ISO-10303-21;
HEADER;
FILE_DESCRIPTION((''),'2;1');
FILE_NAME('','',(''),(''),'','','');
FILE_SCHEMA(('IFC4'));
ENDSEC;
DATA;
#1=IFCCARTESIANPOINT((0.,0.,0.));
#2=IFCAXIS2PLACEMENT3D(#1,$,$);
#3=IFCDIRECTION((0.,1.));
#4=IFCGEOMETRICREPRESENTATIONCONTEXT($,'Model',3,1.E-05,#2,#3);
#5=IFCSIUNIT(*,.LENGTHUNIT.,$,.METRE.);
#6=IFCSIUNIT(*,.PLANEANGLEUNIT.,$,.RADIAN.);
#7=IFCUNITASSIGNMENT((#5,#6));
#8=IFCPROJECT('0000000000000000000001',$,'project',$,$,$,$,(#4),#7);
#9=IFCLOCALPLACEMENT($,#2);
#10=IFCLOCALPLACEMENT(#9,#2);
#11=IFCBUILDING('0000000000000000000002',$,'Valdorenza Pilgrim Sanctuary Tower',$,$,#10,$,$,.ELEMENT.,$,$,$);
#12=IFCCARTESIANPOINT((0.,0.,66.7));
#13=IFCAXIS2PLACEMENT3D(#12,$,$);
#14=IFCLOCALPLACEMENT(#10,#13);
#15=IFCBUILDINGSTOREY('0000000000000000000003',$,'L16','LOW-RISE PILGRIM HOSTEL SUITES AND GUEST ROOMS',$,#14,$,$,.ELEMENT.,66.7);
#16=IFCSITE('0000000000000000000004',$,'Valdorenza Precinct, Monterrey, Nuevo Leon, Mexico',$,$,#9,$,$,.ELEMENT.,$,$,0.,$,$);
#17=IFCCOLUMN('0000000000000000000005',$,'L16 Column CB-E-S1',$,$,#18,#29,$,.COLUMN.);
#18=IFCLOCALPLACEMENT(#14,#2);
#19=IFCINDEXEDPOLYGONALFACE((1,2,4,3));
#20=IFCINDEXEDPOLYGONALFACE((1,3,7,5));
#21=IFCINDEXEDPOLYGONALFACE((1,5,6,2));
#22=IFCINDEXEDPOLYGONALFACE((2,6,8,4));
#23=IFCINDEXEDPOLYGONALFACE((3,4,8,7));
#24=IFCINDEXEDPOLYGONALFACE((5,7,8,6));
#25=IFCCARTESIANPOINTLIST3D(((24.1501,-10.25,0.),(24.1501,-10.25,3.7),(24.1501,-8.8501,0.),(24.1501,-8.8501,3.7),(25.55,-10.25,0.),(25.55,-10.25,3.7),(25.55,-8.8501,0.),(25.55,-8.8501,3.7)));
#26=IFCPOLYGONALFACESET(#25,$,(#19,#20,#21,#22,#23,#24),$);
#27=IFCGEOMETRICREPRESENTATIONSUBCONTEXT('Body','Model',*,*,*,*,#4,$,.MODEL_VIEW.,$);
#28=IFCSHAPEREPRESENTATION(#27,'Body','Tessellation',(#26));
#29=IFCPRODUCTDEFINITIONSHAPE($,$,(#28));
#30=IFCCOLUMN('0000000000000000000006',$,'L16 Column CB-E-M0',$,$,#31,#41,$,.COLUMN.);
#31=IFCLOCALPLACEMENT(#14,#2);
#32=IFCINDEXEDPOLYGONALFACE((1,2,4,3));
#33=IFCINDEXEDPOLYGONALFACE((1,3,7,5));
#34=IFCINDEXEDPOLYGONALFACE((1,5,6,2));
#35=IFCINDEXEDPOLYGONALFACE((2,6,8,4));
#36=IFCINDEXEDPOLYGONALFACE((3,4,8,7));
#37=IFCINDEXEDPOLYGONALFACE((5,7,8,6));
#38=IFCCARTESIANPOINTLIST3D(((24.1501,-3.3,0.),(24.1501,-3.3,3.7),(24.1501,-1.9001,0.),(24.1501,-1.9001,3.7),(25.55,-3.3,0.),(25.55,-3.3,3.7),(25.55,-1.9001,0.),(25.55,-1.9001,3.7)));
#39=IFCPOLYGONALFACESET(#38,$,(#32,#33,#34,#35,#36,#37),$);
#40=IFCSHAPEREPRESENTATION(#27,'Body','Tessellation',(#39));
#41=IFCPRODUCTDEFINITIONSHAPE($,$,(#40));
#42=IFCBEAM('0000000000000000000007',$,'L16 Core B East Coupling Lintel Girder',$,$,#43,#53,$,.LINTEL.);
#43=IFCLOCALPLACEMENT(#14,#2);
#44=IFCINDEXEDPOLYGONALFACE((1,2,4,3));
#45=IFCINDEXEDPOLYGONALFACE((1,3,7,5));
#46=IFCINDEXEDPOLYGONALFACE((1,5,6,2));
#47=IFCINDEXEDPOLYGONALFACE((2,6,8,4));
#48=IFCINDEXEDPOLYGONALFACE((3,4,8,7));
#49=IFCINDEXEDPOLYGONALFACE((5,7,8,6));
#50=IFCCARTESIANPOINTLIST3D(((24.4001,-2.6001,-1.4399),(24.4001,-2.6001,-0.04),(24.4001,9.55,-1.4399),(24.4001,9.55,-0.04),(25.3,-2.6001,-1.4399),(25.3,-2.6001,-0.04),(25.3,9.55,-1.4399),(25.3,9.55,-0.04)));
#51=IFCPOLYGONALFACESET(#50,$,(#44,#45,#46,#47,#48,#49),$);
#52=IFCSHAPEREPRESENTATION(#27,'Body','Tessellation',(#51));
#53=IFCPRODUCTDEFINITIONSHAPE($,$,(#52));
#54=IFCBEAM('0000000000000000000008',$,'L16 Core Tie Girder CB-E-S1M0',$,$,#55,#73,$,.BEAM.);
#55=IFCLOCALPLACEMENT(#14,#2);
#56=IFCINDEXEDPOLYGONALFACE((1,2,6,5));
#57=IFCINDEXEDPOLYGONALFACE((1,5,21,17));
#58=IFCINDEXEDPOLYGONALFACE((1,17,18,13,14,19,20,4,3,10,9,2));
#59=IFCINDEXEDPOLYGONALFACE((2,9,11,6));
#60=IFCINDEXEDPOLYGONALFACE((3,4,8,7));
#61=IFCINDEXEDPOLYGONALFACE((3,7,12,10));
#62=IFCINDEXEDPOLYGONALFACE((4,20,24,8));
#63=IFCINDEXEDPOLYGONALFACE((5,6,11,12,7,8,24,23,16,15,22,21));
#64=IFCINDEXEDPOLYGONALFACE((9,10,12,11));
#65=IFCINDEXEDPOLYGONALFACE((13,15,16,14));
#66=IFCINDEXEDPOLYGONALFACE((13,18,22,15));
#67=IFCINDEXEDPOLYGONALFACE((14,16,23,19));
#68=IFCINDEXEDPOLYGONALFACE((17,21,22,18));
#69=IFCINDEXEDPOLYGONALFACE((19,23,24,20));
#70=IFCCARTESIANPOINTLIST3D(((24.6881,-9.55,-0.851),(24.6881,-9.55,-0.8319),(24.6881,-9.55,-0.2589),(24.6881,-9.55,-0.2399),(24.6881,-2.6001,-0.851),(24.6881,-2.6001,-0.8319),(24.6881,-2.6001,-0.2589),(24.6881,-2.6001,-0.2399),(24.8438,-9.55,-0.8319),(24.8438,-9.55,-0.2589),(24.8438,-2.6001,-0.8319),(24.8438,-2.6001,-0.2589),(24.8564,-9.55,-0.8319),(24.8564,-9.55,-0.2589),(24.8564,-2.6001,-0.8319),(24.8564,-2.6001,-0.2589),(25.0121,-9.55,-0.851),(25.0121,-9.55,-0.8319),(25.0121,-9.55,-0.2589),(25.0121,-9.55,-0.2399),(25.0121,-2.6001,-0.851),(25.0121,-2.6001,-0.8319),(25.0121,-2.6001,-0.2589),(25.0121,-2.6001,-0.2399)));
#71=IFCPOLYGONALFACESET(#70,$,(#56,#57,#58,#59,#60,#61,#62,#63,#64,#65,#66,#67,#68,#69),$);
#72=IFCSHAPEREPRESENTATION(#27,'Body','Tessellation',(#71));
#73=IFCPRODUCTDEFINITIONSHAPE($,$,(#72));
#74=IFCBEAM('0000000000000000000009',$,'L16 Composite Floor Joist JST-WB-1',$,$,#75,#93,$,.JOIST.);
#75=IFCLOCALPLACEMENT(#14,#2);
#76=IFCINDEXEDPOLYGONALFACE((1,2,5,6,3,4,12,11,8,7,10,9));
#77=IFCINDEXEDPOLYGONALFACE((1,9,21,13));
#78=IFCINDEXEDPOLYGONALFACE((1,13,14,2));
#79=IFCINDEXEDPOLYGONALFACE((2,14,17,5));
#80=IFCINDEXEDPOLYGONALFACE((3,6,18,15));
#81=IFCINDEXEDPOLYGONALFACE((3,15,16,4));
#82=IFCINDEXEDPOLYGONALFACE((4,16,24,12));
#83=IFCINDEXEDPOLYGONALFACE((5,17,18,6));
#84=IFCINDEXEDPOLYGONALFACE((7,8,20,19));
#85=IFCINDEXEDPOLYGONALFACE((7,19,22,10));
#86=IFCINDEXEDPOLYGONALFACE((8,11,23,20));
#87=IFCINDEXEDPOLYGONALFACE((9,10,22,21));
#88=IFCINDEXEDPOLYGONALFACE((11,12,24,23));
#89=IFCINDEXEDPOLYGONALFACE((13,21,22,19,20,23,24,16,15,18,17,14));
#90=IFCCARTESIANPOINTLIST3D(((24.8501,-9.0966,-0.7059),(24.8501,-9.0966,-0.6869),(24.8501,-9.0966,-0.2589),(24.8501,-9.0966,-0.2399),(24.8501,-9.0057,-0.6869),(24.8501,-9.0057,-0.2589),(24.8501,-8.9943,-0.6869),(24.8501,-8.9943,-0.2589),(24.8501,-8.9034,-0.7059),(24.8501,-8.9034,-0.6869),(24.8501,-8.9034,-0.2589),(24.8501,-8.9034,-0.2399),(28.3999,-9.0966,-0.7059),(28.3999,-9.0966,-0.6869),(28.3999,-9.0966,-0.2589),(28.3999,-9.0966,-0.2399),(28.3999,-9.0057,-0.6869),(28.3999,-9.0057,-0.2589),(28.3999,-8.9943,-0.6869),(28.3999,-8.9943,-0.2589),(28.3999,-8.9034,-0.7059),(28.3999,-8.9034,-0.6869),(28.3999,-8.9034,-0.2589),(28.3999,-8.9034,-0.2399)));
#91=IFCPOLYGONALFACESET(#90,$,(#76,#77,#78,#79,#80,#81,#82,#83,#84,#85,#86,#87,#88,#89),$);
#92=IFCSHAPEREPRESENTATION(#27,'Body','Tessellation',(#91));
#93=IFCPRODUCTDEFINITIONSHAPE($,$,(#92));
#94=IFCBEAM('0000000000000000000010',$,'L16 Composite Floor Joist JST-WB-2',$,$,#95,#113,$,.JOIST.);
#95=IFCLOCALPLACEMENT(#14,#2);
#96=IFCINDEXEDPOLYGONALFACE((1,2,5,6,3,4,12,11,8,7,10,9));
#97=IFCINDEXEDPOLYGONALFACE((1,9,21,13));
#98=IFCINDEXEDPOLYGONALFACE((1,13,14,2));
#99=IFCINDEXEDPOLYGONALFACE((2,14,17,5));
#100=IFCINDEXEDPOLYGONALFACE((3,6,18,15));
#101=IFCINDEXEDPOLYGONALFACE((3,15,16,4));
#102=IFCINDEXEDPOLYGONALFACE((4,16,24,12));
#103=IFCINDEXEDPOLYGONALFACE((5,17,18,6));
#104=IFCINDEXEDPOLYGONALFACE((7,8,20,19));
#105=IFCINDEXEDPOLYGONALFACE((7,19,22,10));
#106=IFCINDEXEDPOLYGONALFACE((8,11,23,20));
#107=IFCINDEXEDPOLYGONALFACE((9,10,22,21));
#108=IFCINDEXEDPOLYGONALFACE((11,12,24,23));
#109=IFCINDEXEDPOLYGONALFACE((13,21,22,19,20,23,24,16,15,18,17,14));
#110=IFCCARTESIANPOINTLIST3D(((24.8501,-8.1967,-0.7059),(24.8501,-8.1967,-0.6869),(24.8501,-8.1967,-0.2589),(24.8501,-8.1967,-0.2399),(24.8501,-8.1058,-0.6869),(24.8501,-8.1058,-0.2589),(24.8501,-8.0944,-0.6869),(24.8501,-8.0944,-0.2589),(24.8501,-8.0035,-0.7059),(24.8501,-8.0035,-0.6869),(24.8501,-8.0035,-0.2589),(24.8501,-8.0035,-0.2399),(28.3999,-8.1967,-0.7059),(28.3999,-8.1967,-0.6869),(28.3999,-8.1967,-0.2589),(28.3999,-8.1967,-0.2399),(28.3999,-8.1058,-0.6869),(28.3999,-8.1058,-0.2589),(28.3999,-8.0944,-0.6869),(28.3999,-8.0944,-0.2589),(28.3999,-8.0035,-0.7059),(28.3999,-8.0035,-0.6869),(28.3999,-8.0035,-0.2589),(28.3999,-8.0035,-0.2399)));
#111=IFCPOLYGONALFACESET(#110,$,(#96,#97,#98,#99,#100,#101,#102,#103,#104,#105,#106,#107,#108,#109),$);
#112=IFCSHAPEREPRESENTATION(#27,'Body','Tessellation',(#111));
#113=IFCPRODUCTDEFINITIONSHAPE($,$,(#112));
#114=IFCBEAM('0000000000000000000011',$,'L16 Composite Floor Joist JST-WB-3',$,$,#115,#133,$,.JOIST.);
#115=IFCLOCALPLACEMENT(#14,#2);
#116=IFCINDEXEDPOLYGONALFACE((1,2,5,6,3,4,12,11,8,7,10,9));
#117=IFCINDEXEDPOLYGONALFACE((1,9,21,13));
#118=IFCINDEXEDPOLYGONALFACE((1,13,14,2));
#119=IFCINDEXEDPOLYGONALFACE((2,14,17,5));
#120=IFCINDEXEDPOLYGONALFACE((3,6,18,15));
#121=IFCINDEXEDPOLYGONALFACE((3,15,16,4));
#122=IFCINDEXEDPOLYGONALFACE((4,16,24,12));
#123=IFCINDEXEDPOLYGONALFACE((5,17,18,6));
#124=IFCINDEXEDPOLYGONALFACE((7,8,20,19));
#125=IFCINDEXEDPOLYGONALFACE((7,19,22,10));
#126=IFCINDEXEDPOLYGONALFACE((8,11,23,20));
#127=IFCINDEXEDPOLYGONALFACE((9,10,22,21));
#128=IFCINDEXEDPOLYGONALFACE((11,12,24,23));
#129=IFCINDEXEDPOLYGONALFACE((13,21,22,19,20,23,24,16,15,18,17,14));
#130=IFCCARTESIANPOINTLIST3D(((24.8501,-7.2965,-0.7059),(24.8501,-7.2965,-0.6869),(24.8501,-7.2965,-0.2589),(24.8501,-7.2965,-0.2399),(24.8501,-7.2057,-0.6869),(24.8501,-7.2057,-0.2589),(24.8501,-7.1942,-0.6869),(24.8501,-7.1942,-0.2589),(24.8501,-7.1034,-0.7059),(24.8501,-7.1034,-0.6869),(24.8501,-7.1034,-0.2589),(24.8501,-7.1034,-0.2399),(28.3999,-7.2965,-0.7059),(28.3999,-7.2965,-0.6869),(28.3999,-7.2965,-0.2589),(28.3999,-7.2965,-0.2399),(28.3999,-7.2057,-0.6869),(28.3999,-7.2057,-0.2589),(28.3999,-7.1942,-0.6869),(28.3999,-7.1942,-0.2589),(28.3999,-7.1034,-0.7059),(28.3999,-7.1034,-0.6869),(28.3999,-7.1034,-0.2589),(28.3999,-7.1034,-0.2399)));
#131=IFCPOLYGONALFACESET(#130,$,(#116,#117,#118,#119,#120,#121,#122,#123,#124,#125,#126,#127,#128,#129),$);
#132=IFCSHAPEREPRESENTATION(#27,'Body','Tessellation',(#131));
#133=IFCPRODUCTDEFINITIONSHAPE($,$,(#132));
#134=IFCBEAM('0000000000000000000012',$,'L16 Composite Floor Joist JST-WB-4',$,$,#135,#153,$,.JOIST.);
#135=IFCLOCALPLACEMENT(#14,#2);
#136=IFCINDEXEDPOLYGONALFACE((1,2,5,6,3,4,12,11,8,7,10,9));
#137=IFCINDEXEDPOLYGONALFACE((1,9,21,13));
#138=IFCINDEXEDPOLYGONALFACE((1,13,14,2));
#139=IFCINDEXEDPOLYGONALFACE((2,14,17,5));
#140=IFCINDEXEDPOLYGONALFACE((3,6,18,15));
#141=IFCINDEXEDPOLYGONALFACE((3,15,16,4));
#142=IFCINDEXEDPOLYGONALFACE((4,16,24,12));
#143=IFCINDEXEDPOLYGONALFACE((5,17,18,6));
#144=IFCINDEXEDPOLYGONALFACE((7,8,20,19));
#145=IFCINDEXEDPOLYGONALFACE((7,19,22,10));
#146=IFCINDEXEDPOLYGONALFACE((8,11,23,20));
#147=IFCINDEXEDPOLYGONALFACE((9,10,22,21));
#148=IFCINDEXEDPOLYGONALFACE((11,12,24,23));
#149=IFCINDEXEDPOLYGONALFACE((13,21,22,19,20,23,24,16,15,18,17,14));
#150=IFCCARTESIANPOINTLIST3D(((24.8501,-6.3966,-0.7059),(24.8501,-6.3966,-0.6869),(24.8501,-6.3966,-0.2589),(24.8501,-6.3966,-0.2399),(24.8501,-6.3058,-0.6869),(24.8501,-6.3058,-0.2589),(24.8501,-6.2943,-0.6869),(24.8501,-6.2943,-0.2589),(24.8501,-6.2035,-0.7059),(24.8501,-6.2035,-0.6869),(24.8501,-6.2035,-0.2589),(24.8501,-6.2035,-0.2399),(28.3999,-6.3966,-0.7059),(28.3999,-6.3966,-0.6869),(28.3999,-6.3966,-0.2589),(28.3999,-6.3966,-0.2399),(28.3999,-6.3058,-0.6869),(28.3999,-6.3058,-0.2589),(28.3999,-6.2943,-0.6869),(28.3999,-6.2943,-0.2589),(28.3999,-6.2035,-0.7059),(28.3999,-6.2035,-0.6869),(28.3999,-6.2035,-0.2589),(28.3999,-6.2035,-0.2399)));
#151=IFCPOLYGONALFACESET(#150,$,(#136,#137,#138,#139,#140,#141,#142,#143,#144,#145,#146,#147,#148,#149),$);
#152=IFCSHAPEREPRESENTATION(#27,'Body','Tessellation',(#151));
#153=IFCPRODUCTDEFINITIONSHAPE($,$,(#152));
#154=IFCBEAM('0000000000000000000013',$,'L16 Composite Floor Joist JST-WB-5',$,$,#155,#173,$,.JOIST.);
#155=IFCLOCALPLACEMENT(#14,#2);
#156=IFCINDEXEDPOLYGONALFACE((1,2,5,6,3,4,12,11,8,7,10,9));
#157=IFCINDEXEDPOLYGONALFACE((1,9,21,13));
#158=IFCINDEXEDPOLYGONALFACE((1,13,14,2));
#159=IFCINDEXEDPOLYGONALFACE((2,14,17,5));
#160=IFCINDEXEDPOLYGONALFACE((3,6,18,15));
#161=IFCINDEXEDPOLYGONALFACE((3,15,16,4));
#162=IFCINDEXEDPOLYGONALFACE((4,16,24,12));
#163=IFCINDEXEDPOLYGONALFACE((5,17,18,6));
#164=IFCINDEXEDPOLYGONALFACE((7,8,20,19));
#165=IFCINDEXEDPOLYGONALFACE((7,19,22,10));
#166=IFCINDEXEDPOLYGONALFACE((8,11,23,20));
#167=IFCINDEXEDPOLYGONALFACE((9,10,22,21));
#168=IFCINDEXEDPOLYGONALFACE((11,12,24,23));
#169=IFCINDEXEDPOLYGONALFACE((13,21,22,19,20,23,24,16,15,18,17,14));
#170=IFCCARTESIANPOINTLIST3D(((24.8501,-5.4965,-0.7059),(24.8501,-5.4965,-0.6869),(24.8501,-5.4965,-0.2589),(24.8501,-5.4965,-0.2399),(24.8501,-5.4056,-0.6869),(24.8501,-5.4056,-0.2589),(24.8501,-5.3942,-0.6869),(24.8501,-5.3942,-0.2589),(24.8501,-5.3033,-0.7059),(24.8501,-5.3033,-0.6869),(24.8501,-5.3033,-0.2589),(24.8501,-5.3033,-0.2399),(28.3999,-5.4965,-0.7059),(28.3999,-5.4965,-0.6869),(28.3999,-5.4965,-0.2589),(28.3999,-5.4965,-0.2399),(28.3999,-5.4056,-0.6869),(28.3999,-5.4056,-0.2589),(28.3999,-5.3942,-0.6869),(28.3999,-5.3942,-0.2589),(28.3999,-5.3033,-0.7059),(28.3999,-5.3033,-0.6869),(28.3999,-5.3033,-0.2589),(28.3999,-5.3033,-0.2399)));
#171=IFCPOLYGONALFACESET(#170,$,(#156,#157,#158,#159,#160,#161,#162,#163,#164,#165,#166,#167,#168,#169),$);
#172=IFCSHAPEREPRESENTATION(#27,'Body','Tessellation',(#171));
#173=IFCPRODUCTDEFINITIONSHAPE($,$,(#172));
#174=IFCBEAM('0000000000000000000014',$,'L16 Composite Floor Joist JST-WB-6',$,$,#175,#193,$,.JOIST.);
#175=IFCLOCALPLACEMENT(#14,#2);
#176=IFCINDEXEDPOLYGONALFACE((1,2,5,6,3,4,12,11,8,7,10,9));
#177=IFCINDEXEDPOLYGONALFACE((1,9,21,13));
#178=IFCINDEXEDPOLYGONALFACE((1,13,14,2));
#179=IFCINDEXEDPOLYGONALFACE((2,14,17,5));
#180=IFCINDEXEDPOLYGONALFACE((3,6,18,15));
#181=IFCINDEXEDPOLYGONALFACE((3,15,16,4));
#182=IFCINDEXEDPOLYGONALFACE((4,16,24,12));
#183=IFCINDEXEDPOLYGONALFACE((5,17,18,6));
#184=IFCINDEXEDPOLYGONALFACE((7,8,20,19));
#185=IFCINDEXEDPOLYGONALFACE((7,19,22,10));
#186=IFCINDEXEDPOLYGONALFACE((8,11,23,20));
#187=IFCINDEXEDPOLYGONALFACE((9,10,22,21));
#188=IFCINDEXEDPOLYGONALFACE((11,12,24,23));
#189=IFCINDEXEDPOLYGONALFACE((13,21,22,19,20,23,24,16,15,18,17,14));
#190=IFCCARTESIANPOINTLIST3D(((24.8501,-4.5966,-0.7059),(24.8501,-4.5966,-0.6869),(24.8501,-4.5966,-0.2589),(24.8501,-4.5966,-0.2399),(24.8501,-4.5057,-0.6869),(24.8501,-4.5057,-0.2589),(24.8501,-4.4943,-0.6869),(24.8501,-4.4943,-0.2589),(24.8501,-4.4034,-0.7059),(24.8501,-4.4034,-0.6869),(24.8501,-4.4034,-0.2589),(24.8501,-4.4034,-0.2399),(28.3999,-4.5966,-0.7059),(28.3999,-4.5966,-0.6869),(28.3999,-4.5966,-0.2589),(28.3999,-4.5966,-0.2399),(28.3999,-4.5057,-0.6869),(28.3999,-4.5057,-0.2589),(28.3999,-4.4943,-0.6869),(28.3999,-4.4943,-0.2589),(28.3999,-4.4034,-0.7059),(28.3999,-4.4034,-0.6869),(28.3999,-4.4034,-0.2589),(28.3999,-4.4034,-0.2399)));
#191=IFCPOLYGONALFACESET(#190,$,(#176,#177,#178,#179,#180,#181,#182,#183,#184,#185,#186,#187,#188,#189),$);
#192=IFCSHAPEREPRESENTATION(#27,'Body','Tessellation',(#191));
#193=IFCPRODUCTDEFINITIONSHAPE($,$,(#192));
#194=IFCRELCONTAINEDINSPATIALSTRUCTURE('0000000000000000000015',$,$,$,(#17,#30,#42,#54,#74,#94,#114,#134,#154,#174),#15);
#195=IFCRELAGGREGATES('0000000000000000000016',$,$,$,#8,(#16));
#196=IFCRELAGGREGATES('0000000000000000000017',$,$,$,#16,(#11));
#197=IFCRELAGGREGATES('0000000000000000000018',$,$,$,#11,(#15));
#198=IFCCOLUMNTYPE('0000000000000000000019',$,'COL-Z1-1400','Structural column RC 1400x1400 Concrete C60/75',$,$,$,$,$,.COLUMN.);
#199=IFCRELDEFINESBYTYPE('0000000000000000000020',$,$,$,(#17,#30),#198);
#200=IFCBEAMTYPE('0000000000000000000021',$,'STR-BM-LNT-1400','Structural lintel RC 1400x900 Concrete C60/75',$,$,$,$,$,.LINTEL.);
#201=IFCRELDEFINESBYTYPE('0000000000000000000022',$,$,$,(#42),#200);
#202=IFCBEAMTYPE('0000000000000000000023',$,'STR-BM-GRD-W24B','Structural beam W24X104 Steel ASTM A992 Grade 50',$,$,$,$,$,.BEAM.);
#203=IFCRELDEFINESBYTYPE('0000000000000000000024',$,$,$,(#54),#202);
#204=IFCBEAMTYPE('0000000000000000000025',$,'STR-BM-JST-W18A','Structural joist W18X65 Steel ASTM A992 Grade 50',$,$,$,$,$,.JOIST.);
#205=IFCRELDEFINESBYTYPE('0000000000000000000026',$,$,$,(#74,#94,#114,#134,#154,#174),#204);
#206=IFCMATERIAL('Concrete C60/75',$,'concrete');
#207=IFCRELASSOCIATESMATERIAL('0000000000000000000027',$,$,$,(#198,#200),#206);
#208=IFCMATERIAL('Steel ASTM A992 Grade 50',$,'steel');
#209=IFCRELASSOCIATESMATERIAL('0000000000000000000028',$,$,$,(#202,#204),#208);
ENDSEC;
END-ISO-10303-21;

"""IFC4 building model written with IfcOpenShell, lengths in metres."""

from ifc_helpers import new_model, si_unit, direction, frame, origin, origin_2d, place, context, subcontext, project, spatial, rectangle, i_section, extrude, source, transform, mapped, material, material_profile, profile_set, type_object, element, save


model = new_model("IFC4")

# Units and contexts
model_context = context("Model", 3, precision=1e-05, world=origin(), true_north=direction((0.0, 1.0)))
body_context = subcontext(model_context, "Body", "Model", "MODEL_VIEW")
ifc_project = project(units=[si_unit("LENGTHUNIT", "METRE"), si_unit("PLANEANGLEUNIT", "RADIAN")], contexts=[model_context])

# Site, building, storey
site_placement = place(None, origin())
site = spatial("IfcSite", under=ifc_project, at=site_placement, Name="Valdorenza Precinct, Monterrey, Nuevo Leon, Mexico", CompositionType="ELEMENT", RefElevation=0.0)
building_placement = place(site_placement, origin())
building = spatial("IfcBuilding", under=site, at=building_placement, Name="Valdorenza Pilgrim Sanctuary Tower", CompositionType="ELEMENT")
storey_placement = place(building_placement, frame((0.0, 0.0, 66.7)))
storey = spatial("IfcBuildingStorey", under=building, at=storey_placement, Name="L16", Description="LOW-RISE PILGRIM HOSTEL SUITES AND GUEST ROOMS", CompositionType="ELEMENT", Elevation=66.7)

# Columns
ifc_material_1 = material(Name="Concrete C60/75", Category="concrete")
ifc_material_profile_1 = material_profile(ifc_material_1, rectangle(XDim=1.3999, YDim=1.3999, at=origin_2d()), Name="RC 1400x1400")
ifc_profile_set_1 = profile_set([ifc_material_profile_1], Name="Concrete C60/75")
column_type = type_object("IfcColumnType", Name="COL-Z1-1400", Description="Structural column RC 1400x1400 Concrete C60/75", PredefinedType="COLUMN", material=ifc_profile_set_1)
shared_shape_1 = source(origin(), body_context, "Body", "SweptSolid", [
    extrude(rectangle(XDim=1.3999, YDim=1.3999, at=origin_2d()), origin(), (0.0, 0.0, 1.0), 3.7),
])
for number, where, z_axis, x_axis, name in (
    (1, (24.8501, -9.55, 0.0), (0.0, 0.0, 1.0), (1.0, 0.0, 0.0), "L16 Column CB-E-S1"),
    (2, (24.8501, -2.6001, 0.0), (0.0, 0.0, 1.0), (1.0, 0.0, 0.0), "L16 Column CB-E-M0"),
):
    element("IfcColumn", number, at=place(storey_placement, frame(where, z_axis=z_axis, x_axis=x_axis)), inside=storey, type_object=column_type, Name=name, PredefinedType="COLUMN", context=body_context, shape_type="MappedRepresentation", body=[
        mapped(shared_shape_1, transform((0.0, 0.0, 0.0), x_axis=(1.0, 0.0, 0.0), y_axis=(0.0, 1.0, 0.0), z_axis=(0.0, 0.0, 1.0), scale=1.0)),
    ])

# Beams
ifc_material_profile_2 = material_profile(ifc_material_1, rectangle(XDim=0.8999, YDim=1.3999, at=origin_2d()), Name="RC 1400x900")
ifc_profile_set_2 = profile_set([ifc_material_profile_2], Name="Concrete C60/75")
beam_type_1 = type_object("IfcBeamType", Name="STR-BM-LNT-1400", Description="Structural lintel RC 1400x900 Concrete C60/75", PredefinedType="LINTEL", material=ifc_profile_set_2)
shared_shape_2 = source(origin(), body_context, "Body", "SweptSolid", [
    extrude(rectangle(XDim=0.8999, YDim=1.3999, at=origin_2d()), origin(), (0.0, 0.0, 1.0), 12.1501),
])
beam_1_placement = place(storey_placement, frame((24.8501, -2.6001, -0.74), z_axis=(0.0, 1.0, 0.0), x_axis=(-1.0, 0.0, 0.0)))
element("IfcBeam", 3, at=beam_1_placement, inside=storey, type_object=beam_type_1, Name="L16 Core B East Coupling Lintel Girder", PredefinedType="LINTEL", context=body_context, shape_type="MappedRepresentation", body=[
    mapped(shared_shape_2, transform((0.0, 0.0, 0.0), x_axis=(1.0, 0.0, 0.0), y_axis=(0.0, 1.0, 0.0), z_axis=(0.0, 0.0, 1.0), scale=1.0)),
])
ifc_material_2 = material(Name="Steel ASTM A992 Grade 50", Category="steel")
ifc_material_profile_3 = material_profile(ifc_material_2, i_section(OverallWidth=0.324, OverallDepth=0.6111, WebThickness=0.0127, FlangeThickness=0.019, at=origin_2d()), Name="W24X104")
ifc_profile_set_3 = profile_set([ifc_material_profile_3], Name="Steel ASTM A992 Grade 50")
beam_type_2 = type_object("IfcBeamType", Name="STR-BM-GRD-W24B", Description="Structural beam W24X104 Steel ASTM A992 Grade 50", PredefinedType="BEAM", material=ifc_profile_set_3)
shared_shape_3 = source(origin(), body_context, "Body", "SweptSolid", [
    extrude(i_section(OverallWidth=0.324, OverallDepth=0.6111, WebThickness=0.0127, FlangeThickness=0.019, at=origin_2d()), origin(), (0.0, 0.0, 1.0), 6.95),
])
beam_2_placement = place(storey_placement, frame((24.8501, -9.55, -0.5454), z_axis=(0.0, 1.0, 0.0), x_axis=(-1.0, 0.0, 0.0)))
element("IfcBeam", 4, at=beam_2_placement, inside=storey, type_object=beam_type_2, Name="L16 Core Tie Girder CB-E-S1M0", PredefinedType="BEAM", context=body_context, shape_type="MappedRepresentation", body=[
    mapped(shared_shape_3, transform((0.0, 0.0, 0.0), x_axis=(1.0, 0.0, 0.0), y_axis=(0.0, 1.0, 0.0), z_axis=(0.0, 0.0, 1.0), scale=1.0)),
])
ifc_material_profile_4 = material_profile(ifc_material_2, i_section(OverallWidth=0.1931, OverallDepth=0.4661, WebThickness=0.0115, FlangeThickness=0.019, at=origin_2d()), Name="W18X65")
ifc_profile_set_4 = profile_set([ifc_material_profile_4], Name="Steel ASTM A992 Grade 50")
beam_type_3 = type_object("IfcBeamType", Name="STR-BM-JST-W18A", Description="Structural joist W18X65 Steel ASTM A992 Grade 50", PredefinedType="JOIST", material=ifc_profile_set_4)
shared_shape_4 = source(origin(), body_context, "Body", "SweptSolid", [
    extrude(i_section(OverallWidth=0.1931, OverallDepth=0.4661, WebThickness=0.0115, FlangeThickness=0.019, at=origin_2d()), origin(), (0.0, 0.0, 1.0), 3.5498),
])
for number, where, z_axis, x_axis, name in (
    (5, (24.8501, -9.0, -0.4729), (1.0, 0.0, 0.0), (0.0, 1.0, 0.0), "L16 Composite Floor Joist JST-WB-1"),
    (6, (24.8501, -8.1001, -0.4729), (1.0, 0.0, 0.0), (0.0, 1.0, 0.0), "L16 Composite Floor Joist JST-WB-2"),
    (7, (24.8501, -7.2, -0.4729), (1.0, 0.0, 0.0), (0.0, 1.0, 0.0), "L16 Composite Floor Joist JST-WB-3"),
    (8, (24.8501, -6.3, -0.4729), (1.0, 0.0, 0.0), (0.0, 1.0, 0.0), "L16 Composite Floor Joist JST-WB-4"),
    (9, (24.8501, -5.3999, -0.4729), (1.0, 0.0, 0.0), (0.0, 1.0, 0.0), "L16 Composite Floor Joist JST-WB-5"),
    (10, (24.8501, -4.5, -0.4729), (1.0, 0.0, 0.0), (0.0, 1.0, 0.0), "L16 Composite Floor Joist JST-WB-6"),
):
    element("IfcBeam", number, at=place(storey_placement, frame(where, z_axis=z_axis, x_axis=x_axis)), inside=storey, type_object=beam_type_3, Name=name, PredefinedType="JOIST", context=body_context, shape_type="MappedRepresentation", body=[
        mapped(shared_shape_4, transform((0.0, 0.0, 0.0), x_axis=(1.0, 0.0, 0.0), y_axis=(0.0, 1.0, 0.0), z_axis=(0.0, 0.0, 1.0), scale=1.0)),
    ])

save(model, "model.ifc")
